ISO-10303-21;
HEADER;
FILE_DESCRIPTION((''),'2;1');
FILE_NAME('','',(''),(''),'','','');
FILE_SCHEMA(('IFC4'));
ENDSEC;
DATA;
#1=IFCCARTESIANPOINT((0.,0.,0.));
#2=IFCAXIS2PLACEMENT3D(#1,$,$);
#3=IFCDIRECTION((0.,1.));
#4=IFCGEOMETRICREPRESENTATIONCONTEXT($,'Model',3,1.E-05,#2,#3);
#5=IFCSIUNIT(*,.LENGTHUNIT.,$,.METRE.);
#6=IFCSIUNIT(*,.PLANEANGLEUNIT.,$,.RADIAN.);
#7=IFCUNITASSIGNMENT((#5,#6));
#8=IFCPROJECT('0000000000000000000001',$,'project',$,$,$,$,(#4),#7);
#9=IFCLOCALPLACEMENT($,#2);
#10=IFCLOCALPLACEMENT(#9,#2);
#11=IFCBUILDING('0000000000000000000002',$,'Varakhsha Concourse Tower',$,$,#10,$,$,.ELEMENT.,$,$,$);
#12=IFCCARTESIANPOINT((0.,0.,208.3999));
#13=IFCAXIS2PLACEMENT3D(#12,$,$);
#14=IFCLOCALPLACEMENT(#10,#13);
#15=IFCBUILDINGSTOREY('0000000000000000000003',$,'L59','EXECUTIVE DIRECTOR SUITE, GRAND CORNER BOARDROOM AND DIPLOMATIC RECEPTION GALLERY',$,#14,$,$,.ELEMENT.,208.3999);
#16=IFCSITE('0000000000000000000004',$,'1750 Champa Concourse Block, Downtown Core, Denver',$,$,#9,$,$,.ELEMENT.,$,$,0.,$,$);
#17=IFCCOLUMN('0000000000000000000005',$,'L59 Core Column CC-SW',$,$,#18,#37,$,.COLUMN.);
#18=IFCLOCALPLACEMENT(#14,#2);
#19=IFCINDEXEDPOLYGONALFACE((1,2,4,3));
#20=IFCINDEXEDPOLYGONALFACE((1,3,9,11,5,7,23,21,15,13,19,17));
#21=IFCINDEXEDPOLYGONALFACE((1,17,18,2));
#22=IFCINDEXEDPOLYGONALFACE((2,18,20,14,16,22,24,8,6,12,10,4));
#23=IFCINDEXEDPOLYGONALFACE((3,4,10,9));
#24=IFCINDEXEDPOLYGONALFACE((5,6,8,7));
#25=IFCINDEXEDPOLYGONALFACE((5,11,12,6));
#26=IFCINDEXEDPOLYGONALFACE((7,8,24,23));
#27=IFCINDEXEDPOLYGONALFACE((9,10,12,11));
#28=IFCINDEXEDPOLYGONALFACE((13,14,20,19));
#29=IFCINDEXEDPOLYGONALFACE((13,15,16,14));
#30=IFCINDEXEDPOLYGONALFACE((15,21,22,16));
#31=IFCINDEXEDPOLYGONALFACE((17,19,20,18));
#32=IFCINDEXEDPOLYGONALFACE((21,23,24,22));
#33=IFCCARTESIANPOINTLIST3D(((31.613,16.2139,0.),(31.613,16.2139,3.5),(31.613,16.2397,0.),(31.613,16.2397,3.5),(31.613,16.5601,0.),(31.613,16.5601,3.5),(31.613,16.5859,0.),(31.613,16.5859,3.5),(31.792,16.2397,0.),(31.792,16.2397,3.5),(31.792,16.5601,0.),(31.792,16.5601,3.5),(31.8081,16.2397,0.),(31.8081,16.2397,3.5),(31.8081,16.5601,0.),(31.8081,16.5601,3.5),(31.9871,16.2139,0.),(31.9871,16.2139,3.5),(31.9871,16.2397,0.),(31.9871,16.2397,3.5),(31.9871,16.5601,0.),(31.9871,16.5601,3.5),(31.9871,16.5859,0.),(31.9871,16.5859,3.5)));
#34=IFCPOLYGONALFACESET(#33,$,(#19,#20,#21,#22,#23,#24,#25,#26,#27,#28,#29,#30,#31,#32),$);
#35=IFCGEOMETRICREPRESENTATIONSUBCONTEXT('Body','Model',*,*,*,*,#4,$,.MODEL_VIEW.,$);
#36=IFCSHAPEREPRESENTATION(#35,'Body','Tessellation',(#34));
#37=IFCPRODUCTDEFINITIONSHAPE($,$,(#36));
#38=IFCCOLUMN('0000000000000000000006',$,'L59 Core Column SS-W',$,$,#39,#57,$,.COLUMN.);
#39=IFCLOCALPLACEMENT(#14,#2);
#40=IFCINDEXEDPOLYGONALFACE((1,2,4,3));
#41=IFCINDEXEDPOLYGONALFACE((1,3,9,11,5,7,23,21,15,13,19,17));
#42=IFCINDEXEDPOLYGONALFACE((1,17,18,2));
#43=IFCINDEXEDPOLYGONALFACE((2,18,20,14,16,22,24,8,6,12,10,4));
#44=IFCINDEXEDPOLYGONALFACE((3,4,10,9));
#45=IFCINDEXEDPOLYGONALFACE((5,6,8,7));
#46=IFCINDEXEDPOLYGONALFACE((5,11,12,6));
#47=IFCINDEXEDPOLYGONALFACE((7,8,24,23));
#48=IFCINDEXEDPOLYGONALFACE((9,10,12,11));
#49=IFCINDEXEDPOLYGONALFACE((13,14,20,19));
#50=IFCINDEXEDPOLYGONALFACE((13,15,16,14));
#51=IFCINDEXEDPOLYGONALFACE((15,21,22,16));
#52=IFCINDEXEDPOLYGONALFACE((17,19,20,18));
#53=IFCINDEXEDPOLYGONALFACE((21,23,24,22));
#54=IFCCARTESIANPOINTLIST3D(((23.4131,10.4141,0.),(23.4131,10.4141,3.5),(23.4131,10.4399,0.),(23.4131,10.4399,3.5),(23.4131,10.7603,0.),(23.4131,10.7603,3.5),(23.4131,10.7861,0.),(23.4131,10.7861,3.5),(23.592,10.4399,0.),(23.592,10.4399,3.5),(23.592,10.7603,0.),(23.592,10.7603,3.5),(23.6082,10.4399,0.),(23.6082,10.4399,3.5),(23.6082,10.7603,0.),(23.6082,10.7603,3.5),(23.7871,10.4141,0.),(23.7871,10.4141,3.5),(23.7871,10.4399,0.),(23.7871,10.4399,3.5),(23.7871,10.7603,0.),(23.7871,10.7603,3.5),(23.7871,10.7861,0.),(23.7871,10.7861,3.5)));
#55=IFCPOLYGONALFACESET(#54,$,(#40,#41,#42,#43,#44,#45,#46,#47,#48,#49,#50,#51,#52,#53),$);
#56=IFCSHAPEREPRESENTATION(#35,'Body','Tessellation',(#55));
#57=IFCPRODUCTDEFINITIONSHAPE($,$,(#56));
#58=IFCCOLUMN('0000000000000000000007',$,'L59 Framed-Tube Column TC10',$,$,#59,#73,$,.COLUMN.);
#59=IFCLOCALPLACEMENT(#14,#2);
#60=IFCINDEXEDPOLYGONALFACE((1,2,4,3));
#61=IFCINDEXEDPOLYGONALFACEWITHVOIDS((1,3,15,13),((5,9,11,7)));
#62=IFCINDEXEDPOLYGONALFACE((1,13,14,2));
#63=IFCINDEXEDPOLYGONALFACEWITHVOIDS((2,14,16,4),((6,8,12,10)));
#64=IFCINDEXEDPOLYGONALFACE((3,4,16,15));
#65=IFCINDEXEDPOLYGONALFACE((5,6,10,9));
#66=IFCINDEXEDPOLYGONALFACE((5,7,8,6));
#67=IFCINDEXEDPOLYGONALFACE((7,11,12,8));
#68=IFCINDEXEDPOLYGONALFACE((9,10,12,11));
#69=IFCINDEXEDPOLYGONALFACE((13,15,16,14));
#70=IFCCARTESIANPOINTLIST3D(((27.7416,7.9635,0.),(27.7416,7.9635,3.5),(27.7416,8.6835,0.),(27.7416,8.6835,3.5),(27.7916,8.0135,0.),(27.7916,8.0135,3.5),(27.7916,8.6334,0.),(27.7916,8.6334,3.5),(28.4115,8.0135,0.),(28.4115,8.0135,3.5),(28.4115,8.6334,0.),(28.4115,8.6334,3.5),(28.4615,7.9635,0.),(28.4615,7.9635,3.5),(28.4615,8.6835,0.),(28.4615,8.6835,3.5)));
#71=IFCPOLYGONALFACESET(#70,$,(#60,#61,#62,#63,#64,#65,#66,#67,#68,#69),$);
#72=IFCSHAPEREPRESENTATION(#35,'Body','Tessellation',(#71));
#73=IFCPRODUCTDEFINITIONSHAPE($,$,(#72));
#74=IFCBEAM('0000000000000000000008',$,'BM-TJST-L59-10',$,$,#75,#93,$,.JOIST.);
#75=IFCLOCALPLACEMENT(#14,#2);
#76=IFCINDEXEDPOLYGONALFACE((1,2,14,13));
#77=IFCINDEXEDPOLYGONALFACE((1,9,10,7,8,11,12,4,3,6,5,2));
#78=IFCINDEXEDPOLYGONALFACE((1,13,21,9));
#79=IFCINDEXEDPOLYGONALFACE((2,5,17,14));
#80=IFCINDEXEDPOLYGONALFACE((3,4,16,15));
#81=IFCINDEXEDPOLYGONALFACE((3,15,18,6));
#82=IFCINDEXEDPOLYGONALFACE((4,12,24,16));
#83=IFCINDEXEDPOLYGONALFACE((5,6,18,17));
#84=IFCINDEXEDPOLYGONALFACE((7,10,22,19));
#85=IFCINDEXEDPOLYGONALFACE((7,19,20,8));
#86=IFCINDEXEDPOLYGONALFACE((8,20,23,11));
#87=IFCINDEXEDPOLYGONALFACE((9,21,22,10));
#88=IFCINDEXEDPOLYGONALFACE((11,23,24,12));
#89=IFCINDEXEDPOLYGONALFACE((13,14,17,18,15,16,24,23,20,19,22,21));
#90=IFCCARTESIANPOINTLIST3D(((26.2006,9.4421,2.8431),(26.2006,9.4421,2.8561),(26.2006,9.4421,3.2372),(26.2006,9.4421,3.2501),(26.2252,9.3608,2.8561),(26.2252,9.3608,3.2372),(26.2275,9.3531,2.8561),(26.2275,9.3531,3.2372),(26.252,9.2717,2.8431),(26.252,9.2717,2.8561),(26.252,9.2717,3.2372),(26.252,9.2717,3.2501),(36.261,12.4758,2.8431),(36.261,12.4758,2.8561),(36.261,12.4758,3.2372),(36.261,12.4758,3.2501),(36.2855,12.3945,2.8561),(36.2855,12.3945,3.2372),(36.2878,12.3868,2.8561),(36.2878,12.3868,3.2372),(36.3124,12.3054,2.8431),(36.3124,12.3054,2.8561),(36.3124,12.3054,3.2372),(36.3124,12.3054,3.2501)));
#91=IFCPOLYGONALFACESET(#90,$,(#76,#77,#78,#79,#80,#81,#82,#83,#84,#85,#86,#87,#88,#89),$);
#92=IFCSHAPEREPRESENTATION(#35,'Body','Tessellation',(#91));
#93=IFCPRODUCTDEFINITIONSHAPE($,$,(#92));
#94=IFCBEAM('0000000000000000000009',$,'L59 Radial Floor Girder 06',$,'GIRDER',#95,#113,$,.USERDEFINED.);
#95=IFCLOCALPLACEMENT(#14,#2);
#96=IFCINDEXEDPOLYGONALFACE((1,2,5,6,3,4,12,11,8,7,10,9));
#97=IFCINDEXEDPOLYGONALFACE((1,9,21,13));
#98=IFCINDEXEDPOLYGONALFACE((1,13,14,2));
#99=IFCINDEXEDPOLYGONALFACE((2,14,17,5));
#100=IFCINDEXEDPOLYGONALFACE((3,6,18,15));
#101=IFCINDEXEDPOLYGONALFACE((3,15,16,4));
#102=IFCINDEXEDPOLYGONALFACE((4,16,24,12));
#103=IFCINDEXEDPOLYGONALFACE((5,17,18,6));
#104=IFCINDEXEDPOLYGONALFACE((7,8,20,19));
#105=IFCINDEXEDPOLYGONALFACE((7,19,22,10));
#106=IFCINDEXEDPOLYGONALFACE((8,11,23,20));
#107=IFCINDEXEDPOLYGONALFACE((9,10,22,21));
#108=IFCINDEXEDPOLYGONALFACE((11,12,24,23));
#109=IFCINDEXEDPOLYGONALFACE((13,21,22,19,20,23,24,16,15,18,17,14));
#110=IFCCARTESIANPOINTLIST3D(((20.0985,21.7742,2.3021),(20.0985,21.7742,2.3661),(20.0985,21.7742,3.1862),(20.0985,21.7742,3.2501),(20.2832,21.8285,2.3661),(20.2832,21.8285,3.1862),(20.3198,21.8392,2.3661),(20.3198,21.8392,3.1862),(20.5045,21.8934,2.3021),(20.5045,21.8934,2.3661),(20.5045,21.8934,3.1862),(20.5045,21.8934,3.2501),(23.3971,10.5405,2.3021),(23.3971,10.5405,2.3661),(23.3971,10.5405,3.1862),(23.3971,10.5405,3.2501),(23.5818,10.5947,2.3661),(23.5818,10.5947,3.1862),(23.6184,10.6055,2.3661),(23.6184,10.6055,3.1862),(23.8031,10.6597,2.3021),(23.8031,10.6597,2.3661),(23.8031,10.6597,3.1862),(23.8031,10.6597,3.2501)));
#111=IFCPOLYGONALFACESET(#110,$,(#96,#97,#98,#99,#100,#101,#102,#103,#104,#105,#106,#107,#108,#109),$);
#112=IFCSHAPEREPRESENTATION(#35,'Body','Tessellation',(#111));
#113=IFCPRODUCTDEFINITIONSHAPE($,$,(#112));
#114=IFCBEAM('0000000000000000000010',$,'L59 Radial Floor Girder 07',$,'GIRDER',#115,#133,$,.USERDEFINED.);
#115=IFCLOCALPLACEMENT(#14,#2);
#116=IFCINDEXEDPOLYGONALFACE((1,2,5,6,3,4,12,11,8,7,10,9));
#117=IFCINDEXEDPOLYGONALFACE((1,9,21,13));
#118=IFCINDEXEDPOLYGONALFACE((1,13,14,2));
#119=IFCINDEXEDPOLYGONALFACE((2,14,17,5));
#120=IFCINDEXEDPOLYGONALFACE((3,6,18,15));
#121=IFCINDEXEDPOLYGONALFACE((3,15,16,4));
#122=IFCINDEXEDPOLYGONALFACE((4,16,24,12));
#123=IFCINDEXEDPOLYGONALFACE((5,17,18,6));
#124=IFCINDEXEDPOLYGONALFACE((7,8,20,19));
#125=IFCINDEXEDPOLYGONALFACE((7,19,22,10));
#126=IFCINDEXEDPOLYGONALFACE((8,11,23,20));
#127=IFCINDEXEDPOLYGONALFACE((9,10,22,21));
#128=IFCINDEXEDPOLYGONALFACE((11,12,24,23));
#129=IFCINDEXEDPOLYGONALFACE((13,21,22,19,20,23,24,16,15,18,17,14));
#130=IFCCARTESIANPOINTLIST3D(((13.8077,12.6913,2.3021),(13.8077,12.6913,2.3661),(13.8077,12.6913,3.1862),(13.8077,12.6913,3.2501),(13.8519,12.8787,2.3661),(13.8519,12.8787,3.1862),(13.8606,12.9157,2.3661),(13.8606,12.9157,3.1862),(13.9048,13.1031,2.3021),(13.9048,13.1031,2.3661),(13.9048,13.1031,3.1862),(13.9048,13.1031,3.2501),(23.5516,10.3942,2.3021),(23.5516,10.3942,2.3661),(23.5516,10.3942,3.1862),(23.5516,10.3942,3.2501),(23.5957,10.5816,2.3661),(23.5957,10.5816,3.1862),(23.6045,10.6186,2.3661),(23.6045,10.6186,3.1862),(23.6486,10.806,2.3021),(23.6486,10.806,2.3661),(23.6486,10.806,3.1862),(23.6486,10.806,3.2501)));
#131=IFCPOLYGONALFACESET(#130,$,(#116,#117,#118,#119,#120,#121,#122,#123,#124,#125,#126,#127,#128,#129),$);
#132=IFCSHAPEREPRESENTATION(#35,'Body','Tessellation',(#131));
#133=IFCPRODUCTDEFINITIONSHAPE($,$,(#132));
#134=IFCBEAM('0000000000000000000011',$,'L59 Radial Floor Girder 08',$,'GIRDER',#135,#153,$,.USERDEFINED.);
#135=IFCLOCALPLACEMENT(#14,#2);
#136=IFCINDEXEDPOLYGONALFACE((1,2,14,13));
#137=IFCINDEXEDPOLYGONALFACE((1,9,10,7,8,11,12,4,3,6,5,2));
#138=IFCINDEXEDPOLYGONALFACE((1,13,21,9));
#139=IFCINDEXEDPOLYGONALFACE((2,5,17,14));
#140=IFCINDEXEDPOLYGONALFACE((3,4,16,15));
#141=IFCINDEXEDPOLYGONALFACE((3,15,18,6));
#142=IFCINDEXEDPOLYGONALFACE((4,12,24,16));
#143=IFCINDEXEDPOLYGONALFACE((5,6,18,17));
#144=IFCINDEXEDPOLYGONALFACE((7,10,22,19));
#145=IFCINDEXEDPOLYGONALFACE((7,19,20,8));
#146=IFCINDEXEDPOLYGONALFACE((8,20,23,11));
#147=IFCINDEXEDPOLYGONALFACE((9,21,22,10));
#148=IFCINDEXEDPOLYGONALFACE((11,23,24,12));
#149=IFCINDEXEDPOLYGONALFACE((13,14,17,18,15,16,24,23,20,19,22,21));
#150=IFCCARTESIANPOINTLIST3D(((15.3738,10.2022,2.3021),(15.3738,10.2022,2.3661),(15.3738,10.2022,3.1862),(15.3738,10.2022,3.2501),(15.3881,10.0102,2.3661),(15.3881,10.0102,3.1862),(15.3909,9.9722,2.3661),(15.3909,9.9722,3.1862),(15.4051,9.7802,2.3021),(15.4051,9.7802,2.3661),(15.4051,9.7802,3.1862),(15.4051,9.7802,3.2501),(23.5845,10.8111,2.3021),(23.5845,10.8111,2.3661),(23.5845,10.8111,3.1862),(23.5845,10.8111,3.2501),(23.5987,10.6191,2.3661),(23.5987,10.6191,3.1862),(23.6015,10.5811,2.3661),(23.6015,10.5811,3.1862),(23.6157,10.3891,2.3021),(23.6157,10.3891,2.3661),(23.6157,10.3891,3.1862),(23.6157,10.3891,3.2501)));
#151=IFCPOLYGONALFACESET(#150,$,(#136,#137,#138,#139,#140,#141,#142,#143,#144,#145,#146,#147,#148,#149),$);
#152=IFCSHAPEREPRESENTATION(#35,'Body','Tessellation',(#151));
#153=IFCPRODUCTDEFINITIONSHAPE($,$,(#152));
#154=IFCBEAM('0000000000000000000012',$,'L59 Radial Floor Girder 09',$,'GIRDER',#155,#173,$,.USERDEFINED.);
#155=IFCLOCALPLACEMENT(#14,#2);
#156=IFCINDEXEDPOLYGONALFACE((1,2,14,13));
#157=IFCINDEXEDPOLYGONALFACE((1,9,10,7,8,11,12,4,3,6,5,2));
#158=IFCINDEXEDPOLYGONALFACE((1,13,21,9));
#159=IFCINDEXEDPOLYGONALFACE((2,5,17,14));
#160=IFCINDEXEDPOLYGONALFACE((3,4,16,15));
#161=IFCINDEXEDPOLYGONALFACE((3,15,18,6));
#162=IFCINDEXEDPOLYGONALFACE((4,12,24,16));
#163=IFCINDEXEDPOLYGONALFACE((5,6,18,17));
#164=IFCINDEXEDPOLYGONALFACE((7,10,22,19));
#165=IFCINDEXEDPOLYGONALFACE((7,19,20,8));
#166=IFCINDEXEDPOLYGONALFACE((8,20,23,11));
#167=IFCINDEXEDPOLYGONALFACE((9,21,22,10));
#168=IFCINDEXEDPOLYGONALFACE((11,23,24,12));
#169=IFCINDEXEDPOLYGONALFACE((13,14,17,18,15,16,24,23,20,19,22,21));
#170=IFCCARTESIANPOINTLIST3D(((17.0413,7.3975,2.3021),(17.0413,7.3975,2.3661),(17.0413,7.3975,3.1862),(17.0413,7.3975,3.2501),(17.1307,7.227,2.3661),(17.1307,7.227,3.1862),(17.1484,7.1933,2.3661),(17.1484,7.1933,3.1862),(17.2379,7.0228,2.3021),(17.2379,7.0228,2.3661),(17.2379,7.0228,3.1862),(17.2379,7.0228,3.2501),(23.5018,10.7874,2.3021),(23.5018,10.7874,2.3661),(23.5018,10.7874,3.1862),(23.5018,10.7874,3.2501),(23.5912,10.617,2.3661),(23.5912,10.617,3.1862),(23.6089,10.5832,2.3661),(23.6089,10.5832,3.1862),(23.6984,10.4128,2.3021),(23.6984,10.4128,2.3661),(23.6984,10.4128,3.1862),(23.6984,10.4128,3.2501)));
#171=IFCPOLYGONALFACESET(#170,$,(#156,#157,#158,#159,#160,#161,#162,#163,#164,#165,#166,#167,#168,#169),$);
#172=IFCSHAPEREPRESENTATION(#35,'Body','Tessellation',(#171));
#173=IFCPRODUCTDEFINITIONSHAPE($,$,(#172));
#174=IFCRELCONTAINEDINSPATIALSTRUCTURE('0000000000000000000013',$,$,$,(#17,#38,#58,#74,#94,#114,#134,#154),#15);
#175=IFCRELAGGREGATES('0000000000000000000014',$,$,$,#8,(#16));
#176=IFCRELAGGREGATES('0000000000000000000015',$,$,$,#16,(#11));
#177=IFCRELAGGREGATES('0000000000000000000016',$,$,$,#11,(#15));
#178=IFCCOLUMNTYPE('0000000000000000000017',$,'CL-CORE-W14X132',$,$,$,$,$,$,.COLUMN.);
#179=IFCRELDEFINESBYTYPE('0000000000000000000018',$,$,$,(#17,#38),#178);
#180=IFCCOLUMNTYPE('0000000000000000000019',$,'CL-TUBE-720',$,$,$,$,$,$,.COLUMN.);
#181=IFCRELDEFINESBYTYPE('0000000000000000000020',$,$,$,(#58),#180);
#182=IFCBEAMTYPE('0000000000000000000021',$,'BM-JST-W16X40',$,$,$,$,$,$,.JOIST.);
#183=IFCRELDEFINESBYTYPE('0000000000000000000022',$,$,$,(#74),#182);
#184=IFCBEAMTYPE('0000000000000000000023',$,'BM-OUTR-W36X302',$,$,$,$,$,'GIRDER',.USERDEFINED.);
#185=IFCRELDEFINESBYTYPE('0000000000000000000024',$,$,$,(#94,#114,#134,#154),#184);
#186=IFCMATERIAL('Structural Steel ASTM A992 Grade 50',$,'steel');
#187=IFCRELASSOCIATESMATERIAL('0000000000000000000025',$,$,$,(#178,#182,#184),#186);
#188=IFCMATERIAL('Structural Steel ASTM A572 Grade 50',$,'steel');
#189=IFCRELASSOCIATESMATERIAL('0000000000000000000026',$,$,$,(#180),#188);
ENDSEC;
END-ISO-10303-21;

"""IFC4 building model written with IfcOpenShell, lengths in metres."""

from ifc_helpers import new_model, si_unit, direction, frame, origin, origin_2d, place, context, subcontext, project, spatial, hollow_rectangle, i_section, extrude, material, material_profile, profile_set, type_object, element, save


model = new_model("IFC4")

# Units and contexts
model_context = context("Model", 3, precision=1e-05, world=origin(), true_north=direction((0.0, 1.0)))
body_context = subcontext(model_context, "Body", "Model", "MODEL_VIEW")
ifc_project = project(units=[si_unit("LENGTHUNIT", "METRE"), si_unit("PLANEANGLEUNIT", "RADIAN")], contexts=[model_context])

# Site, building, storey
site_placement = place(None, origin())
site = spatial("IfcSite", under=ifc_project, at=site_placement, Name="1750 Champa Concourse Block, Downtown Core, Denver", CompositionType="ELEMENT", RefElevation=0.0)
building_placement = place(site_placement, origin())
building = spatial("IfcBuilding", under=site, at=building_placement, Name="Varakhsha Concourse Tower", CompositionType="ELEMENT")
storey_placement = place(building_placement, frame((0.0, 0.0, 208.3999)))
storey = spatial("IfcBuildingStorey", under=building, at=storey_placement, Name="L59", Description="EXECUTIVE DIRECTOR SUITE, GRAND CORNER BOARDROOM AND DIPLOMATIC RECEPTION GALLERY", CompositionType="ELEMENT", Elevation=208.3999)

# Columns
ifc_material_1 = material(Name="Structural Steel ASTM A992 Grade 50", Category="steel")
ifc_material_profile_1 = material_profile(ifc_material_1, i_section(OverallWidth=0.374, OverallDepth=0.3721, WebThickness=0.0161, FlangeThickness=0.0259, at=origin_2d()), Name="W14X132")
ifc_profile_set_1 = profile_set([ifc_material_profile_1], Name="Structural Steel ASTM A992 Grade 50")
column_type_1 = type_object("IfcColumnType", Name="CL-CORE-W14X132", PredefinedType="COLUMN", material=ifc_profile_set_1)
for number, where, z_axis, x_axis, name in (
    (1, (31.8, 16.3999, 0.0), (0.0, 0.0, 1.0), (1.0, 0.0, 0.0), "L59 Core Column CC-SW"),
    (2, (23.6001, 10.6001, 0.0), (0.0, 0.0, 1.0), (1.0, 0.0, 0.0), "L59 Core Column SS-W"),
):
    element("IfcColumn", number, at=place(storey_placement, frame(where, z_axis=z_axis, x_axis=x_axis)), inside=storey, type_object=column_type_1, Name=name, PredefinedType="COLUMN", context=body_context, shape_type="SweptSolid", body=[
        extrude(i_section(OverallWidth=0.374, OverallDepth=0.3721, WebThickness=0.0161, FlangeThickness=0.0259, at=origin_2d()), origin(), (0.0, 0.0, 1.0), 3.5),
    ])
ifc_material_2 = material(Name="Structural Steel ASTM A572 Grade 50", Category="steel")
ifc_material_profile_2 = material_profile(ifc_material_2, hollow_rectangle(XDim=0.72, YDim=0.72, WallThickness=0.05, at=origin_2d()), Name="BOX 720x720x50")
ifc_profile_set_2 = profile_set([ifc_material_profile_2], Name="Structural Steel ASTM A572 Grade 50")
column_type_2 = type_object("IfcColumnType", Name="CL-TUBE-720", PredefinedType="COLUMN", material=ifc_profile_set_2)
column_placement = place(storey_placement, frame((28.1016, 8.3235, 0.0), z_axis=(0.0, 0.0, 1.0), x_axis=(1.0, 0.0, 0.0)))
element("IfcColumn", 3, at=column_placement, inside=storey, type_object=column_type_2, Name="L59 Framed-Tube Column TC10", PredefinedType="COLUMN", context=body_context, shape_type="SweptSolid", body=[
    extrude(hollow_rectangle(XDim=0.72, YDim=0.72, WallThickness=0.05, at=origin_2d()), origin(), (0.0, 0.0, 1.0), 3.5),
])

# Beams
ifc_material_profile_3 = material_profile(ifc_material_1, i_section(OverallWidth=0.178, OverallDepth=0.407, WebThickness=0.0081, FlangeThickness=0.0129, at=origin_2d()), Name="W16X40")
ifc_profile_set_3 = profile_set([ifc_material_profile_3], Name="Structural Steel ASTM A992 Grade 50")
beam_type_1 = type_object("IfcBeamType", Name="BM-JST-W16X40", PredefinedType="JOIST", material=ifc_profile_set_3)
beam_1_placement = place(storey_placement, frame((26.2263, 9.3569, 3.0466), z_axis=(0.957417, 0.28871, 0.0), x_axis=(-0.28871, 0.957417, 0.0)))
element("IfcBeam", 4, at=beam_1_placement, inside=storey, type_object=beam_type_1, Name="BM-TJST-L59-10", PredefinedType="JOIST", context=body_context, shape_type="SweptSolid", body=[
    extrude(i_section(OverallWidth=0.178, OverallDepth=0.407, WebThickness=0.0081, FlangeThickness=0.0129, at=origin_2d()), origin(), (0.0, 0.0, 1.0), 10.5078),
])
ifc_material_profile_4 = material_profile(ifc_material_1, i_section(OverallWidth=0.4231, OverallDepth=0.948, WebThickness=0.0381, FlangeThickness=0.064, at=origin_2d()), Name="W36X302")
ifc_profile_set_4 = profile_set([ifc_material_profile_4], Name="Structural Steel ASTM A992 Grade 50")
beam_type_2 = type_object("IfcBeamType", Name="BM-OUTR-W36X302", ElementType="GIRDER", PredefinedType="USERDEFINED", material=ifc_profile_set_4)
beam_2_placement = place(storey_placement, frame((23.6001, 10.6001, 2.7761), z_axis=(-0.28174, 0.959491, 0.0), x_axis=(-0.959491, -0.28174, 0.0)))
element("IfcBeam", 5, at=beam_2_placement, inside=storey, type_object=beam_type_2, Name="L59 Radial Floor Girder 06", ObjectType="GIRDER", PredefinedType="USERDEFINED", context=body_context, shape_type="SweptSolid", body=[
    extrude(i_section(OverallWidth=0.4231, OverallDepth=0.948, WebThickness=0.0381, FlangeThickness=0.064, at=origin_2d()), origin(), (0.0, 0.0, 1.0), 11.708),
])
beam_3_placement = place(storey_placement, frame((23.6001, 10.6001, 2.7761), z_axis=(-0.973318, 0.229459, 0.0), x_axis=(-0.229459, -0.973318, 0.0)))
element("IfcBeam", 6, at=beam_3_placement, inside=storey, type_object=beam_type_2, Name="L59 Radial Floor Girder 07", ObjectType="GIRDER", PredefinedType="USERDEFINED", context=body_context, shape_type="SweptSolid", body=[
    extrude(i_section(OverallWidth=0.4231, OverallDepth=0.948, WebThickness=0.0381, FlangeThickness=0.064, at=origin_2d()), origin(), (0.0, 0.0, 1.0), 10.011),
])
beam_4_placement = place(storey_placement, frame((23.6001, 10.6001, 2.7761), z_axis=(-0.997262, -0.073955, 0.0), x_axis=(0.073955, -0.997262, 0.0)))
element("IfcBeam", 7, at=beam_4_placement, inside=storey, type_object=beam_type_2, Name="L59 Radial Floor Girder 08", ObjectType="GIRDER", PredefinedType="USERDEFINED", context=body_context, shape_type="SweptSolid", body=[
    extrude(i_section(OverallWidth=0.4231, OverallDepth=0.948, WebThickness=0.0381, FlangeThickness=0.064, at=origin_2d()), origin(), (0.0, 0.0, 1.0), 8.2332),
])
beam_5_placement = place(storey_placement, frame((23.6001, 10.6001, 2.7761), z_axis=(-0.885502, -0.464636, 0.0), x_axis=(0.464636, -0.885502, 0.0)))
element("IfcBeam", 8, at=beam_5_placement, inside=storey, type_object=beam_type_2, Name="L59 Radial Floor Girder 09", ObjectType="GIRDER", PredefinedType="USERDEFINED", context=body_context, shape_type="SweptSolid", body=[
    extrude(i_section(OverallWidth=0.4231, OverallDepth=0.948, WebThickness=0.0381, FlangeThickness=0.064, at=origin_2d()), origin(), (0.0, 0.0, 1.0), 7.2959),
])

save(model, "model.ifc")
